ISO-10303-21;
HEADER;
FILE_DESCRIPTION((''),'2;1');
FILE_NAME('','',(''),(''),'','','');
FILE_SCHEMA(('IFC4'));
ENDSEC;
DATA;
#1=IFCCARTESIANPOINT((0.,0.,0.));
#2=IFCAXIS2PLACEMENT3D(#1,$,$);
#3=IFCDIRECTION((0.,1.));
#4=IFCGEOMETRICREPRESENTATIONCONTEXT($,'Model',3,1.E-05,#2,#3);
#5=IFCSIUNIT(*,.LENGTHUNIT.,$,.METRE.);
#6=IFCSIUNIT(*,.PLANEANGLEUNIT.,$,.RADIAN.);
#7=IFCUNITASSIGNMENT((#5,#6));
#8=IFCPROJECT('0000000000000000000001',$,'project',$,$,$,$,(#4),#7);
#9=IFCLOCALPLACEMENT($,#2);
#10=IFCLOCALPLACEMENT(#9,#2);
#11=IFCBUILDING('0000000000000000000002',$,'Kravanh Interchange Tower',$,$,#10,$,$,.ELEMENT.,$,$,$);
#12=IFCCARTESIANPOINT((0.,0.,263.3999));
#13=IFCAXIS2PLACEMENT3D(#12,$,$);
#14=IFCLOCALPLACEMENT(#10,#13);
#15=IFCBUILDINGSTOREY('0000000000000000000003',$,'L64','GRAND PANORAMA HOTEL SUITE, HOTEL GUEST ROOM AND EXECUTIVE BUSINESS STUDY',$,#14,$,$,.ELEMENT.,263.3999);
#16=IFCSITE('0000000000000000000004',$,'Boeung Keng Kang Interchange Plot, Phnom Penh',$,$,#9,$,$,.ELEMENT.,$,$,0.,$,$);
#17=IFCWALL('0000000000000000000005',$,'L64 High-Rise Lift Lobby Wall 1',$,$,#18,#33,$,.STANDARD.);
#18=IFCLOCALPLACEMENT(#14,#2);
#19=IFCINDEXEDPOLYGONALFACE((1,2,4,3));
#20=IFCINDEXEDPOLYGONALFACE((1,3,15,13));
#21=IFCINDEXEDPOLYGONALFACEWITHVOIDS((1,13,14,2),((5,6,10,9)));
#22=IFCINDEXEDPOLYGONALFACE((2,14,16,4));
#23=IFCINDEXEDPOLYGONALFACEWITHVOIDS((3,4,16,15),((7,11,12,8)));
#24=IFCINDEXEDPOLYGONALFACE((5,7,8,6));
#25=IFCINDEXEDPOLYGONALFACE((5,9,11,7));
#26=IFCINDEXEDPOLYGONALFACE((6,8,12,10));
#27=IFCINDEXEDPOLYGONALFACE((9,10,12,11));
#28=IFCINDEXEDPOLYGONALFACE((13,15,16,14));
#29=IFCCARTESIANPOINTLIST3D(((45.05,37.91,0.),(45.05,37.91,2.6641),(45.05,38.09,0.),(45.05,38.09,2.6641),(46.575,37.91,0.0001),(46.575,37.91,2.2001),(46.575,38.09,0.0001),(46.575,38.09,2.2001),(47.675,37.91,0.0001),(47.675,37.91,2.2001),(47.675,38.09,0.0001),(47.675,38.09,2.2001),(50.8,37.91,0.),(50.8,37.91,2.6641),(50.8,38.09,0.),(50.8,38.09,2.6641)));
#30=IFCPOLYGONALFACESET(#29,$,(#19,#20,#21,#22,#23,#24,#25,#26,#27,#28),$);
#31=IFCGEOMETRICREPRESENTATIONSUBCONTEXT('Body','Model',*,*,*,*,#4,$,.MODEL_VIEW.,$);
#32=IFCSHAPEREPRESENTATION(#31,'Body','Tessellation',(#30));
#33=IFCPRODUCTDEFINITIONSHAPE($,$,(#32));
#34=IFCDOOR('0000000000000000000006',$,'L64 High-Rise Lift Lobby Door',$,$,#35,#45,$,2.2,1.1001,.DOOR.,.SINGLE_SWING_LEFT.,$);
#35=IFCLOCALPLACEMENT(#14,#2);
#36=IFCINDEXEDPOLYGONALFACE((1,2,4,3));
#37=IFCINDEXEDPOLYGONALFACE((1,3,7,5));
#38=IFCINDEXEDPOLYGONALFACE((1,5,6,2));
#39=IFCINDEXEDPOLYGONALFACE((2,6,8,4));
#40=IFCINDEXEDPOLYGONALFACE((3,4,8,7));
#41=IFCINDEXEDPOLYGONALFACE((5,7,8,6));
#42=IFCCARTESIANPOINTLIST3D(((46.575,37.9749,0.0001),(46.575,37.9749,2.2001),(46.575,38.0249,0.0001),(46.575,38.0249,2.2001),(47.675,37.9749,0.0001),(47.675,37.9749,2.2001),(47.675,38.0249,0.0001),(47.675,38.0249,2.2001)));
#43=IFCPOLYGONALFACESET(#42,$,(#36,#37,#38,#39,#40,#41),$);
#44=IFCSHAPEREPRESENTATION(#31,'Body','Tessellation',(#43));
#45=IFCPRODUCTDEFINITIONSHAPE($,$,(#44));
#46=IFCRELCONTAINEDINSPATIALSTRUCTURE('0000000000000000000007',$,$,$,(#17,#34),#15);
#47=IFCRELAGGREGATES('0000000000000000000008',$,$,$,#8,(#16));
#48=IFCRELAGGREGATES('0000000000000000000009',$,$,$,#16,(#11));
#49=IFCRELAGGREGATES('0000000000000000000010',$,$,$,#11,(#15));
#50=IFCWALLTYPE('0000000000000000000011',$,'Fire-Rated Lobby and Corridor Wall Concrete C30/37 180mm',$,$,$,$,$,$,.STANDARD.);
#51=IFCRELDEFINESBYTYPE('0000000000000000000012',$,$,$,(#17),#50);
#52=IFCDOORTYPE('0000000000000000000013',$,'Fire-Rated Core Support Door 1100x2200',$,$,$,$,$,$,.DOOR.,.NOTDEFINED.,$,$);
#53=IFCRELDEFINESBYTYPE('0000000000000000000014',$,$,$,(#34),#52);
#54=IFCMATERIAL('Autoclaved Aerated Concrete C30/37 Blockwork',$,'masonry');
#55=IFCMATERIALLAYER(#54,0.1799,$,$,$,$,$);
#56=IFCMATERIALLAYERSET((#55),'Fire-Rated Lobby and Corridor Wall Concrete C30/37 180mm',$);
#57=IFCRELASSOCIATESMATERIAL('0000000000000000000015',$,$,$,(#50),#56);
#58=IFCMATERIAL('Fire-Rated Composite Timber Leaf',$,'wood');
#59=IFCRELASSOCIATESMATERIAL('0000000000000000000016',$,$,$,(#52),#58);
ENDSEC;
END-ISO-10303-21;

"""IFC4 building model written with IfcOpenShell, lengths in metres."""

from ifc_helpers import new_model, si_unit, direction, frame, frame_2d, origin, place, context, subcontext, project, spatial, rectangle, extrude, material, layer, layer_set, type_object, element, fill, save


model = new_model("IFC4")

# Units and contexts
model_context = context("Model", 3, precision=1e-05, world=origin(), true_north=direction((0.0, 1.0)))
body_context = subcontext(model_context, "Body", "Model", "MODEL_VIEW")
ifc_project = project(units=[si_unit("LENGTHUNIT", "METRE"), si_unit("PLANEANGLEUNIT", "RADIAN")], contexts=[model_context])

# Site, building, storey
site_placement = place(None, origin())
site = spatial("IfcSite", under=ifc_project, at=site_placement, Name="Boeung Keng Kang Interchange Plot, Phnom Penh", CompositionType="ELEMENT", RefElevation=0.0)
building_placement = place(site_placement, origin())
building = spatial("IfcBuilding", under=site, at=building_placement, Name="Kravanh Interchange Tower", CompositionType="ELEMENT")
storey_placement = place(building_placement, frame((0.0, 0.0, 263.3999)))
storey = spatial("IfcBuildingStorey", under=building, at=storey_placement, Name="L64", Description="GRAND PANORAMA HOTEL SUITE, HOTEL GUEST ROOM AND EXECUTIVE BUSINESS STUDY", CompositionType="ELEMENT", Elevation=263.3999)

# Wall, opening, door
ifc_material_1 = material(Name="Autoclaved Aerated Concrete C30/37 Blockwork", Category="masonry")
ifc_layer = layer(ifc_material_1, 0.1799)
ifc_layer_set = layer_set([ifc_layer], Name="Fire-Rated Lobby and Corridor Wall Concrete C30/37 180mm")
wall_type = type_object("IfcWallType", Name="Fire-Rated Lobby and Corridor Wall Concrete C30/37 180mm", PredefinedType="STANDARD", material=ifc_layer_set)
wall_placement = place(storey_placement, frame((45.05, 38.0, 0.0), z_axis=(0.0, 0.0, 1.0), x_axis=(1.0, 0.0, 0.0)))
wall = element("IfcWall", 1, at=wall_placement, inside=storey, type_object=wall_type, Name="L64 High-Rise Lift Lobby Wall 1", PredefinedType="STANDARD", context=body_context, shape_type="SweptSolid", body=[
    extrude(rectangle(XDim=5.75, YDim=0.1799, at=frame_2d((2.875, 0.0))), origin(), (0.0, 0.0, 1.0), 2.6641),
])
opening_placement = place(wall_placement, frame((1.5249, 0.0, 0.0)))
opening = element("IfcOpeningElement", 2, at=opening_placement, cuts=wall, PredefinedType="OPENING", context=body_context, shape_type="SweptSolid", body=[
    extrude(rectangle(XDim=1.1001, YDim=2.2, at=frame_2d((0.55, 1.1001))), frame((0.0, 0.1001, 0.0), z_axis=(0.0, -1.0, 0.0), x_axis=(1.0, 0.0, 0.0)), (0.0, 0.0, 1.0), 0.2),
])
ifc_material_2 = material(Name="Fire-Rated Composite Timber Leaf", Category="wood")
door_type = type_object("IfcDoorType", Name="Fire-Rated Core Support Door 1100x2200", OperationType="NOTDEFINED", PredefinedType="DOOR", material=ifc_material_2)
door_placement = place(opening_placement, origin())
door = element("IfcDoor", 3, at=door_placement, inside=storey, type_object=door_type, Name="L64 High-Rise Lift Lobby Door", OperationType="SINGLE_SWING_LEFT", OverallHeight=2.2, OverallWidth=1.1001, PredefinedType="DOOR", context=body_context, shape_type="SweptSolid", body=[
    extrude(rectangle(XDim=1.1001, YDim=2.2, at=frame_2d((0.55, 1.1001))), frame((0.0, 0.0249, 0.0), z_axis=(0.0, -1.0, 0.0), x_axis=(1.0, 0.0, 0.0)), (0.0, 0.0, 1.0), 0.05),
])
fill(opening, door)

save(model, "model.ifc")
